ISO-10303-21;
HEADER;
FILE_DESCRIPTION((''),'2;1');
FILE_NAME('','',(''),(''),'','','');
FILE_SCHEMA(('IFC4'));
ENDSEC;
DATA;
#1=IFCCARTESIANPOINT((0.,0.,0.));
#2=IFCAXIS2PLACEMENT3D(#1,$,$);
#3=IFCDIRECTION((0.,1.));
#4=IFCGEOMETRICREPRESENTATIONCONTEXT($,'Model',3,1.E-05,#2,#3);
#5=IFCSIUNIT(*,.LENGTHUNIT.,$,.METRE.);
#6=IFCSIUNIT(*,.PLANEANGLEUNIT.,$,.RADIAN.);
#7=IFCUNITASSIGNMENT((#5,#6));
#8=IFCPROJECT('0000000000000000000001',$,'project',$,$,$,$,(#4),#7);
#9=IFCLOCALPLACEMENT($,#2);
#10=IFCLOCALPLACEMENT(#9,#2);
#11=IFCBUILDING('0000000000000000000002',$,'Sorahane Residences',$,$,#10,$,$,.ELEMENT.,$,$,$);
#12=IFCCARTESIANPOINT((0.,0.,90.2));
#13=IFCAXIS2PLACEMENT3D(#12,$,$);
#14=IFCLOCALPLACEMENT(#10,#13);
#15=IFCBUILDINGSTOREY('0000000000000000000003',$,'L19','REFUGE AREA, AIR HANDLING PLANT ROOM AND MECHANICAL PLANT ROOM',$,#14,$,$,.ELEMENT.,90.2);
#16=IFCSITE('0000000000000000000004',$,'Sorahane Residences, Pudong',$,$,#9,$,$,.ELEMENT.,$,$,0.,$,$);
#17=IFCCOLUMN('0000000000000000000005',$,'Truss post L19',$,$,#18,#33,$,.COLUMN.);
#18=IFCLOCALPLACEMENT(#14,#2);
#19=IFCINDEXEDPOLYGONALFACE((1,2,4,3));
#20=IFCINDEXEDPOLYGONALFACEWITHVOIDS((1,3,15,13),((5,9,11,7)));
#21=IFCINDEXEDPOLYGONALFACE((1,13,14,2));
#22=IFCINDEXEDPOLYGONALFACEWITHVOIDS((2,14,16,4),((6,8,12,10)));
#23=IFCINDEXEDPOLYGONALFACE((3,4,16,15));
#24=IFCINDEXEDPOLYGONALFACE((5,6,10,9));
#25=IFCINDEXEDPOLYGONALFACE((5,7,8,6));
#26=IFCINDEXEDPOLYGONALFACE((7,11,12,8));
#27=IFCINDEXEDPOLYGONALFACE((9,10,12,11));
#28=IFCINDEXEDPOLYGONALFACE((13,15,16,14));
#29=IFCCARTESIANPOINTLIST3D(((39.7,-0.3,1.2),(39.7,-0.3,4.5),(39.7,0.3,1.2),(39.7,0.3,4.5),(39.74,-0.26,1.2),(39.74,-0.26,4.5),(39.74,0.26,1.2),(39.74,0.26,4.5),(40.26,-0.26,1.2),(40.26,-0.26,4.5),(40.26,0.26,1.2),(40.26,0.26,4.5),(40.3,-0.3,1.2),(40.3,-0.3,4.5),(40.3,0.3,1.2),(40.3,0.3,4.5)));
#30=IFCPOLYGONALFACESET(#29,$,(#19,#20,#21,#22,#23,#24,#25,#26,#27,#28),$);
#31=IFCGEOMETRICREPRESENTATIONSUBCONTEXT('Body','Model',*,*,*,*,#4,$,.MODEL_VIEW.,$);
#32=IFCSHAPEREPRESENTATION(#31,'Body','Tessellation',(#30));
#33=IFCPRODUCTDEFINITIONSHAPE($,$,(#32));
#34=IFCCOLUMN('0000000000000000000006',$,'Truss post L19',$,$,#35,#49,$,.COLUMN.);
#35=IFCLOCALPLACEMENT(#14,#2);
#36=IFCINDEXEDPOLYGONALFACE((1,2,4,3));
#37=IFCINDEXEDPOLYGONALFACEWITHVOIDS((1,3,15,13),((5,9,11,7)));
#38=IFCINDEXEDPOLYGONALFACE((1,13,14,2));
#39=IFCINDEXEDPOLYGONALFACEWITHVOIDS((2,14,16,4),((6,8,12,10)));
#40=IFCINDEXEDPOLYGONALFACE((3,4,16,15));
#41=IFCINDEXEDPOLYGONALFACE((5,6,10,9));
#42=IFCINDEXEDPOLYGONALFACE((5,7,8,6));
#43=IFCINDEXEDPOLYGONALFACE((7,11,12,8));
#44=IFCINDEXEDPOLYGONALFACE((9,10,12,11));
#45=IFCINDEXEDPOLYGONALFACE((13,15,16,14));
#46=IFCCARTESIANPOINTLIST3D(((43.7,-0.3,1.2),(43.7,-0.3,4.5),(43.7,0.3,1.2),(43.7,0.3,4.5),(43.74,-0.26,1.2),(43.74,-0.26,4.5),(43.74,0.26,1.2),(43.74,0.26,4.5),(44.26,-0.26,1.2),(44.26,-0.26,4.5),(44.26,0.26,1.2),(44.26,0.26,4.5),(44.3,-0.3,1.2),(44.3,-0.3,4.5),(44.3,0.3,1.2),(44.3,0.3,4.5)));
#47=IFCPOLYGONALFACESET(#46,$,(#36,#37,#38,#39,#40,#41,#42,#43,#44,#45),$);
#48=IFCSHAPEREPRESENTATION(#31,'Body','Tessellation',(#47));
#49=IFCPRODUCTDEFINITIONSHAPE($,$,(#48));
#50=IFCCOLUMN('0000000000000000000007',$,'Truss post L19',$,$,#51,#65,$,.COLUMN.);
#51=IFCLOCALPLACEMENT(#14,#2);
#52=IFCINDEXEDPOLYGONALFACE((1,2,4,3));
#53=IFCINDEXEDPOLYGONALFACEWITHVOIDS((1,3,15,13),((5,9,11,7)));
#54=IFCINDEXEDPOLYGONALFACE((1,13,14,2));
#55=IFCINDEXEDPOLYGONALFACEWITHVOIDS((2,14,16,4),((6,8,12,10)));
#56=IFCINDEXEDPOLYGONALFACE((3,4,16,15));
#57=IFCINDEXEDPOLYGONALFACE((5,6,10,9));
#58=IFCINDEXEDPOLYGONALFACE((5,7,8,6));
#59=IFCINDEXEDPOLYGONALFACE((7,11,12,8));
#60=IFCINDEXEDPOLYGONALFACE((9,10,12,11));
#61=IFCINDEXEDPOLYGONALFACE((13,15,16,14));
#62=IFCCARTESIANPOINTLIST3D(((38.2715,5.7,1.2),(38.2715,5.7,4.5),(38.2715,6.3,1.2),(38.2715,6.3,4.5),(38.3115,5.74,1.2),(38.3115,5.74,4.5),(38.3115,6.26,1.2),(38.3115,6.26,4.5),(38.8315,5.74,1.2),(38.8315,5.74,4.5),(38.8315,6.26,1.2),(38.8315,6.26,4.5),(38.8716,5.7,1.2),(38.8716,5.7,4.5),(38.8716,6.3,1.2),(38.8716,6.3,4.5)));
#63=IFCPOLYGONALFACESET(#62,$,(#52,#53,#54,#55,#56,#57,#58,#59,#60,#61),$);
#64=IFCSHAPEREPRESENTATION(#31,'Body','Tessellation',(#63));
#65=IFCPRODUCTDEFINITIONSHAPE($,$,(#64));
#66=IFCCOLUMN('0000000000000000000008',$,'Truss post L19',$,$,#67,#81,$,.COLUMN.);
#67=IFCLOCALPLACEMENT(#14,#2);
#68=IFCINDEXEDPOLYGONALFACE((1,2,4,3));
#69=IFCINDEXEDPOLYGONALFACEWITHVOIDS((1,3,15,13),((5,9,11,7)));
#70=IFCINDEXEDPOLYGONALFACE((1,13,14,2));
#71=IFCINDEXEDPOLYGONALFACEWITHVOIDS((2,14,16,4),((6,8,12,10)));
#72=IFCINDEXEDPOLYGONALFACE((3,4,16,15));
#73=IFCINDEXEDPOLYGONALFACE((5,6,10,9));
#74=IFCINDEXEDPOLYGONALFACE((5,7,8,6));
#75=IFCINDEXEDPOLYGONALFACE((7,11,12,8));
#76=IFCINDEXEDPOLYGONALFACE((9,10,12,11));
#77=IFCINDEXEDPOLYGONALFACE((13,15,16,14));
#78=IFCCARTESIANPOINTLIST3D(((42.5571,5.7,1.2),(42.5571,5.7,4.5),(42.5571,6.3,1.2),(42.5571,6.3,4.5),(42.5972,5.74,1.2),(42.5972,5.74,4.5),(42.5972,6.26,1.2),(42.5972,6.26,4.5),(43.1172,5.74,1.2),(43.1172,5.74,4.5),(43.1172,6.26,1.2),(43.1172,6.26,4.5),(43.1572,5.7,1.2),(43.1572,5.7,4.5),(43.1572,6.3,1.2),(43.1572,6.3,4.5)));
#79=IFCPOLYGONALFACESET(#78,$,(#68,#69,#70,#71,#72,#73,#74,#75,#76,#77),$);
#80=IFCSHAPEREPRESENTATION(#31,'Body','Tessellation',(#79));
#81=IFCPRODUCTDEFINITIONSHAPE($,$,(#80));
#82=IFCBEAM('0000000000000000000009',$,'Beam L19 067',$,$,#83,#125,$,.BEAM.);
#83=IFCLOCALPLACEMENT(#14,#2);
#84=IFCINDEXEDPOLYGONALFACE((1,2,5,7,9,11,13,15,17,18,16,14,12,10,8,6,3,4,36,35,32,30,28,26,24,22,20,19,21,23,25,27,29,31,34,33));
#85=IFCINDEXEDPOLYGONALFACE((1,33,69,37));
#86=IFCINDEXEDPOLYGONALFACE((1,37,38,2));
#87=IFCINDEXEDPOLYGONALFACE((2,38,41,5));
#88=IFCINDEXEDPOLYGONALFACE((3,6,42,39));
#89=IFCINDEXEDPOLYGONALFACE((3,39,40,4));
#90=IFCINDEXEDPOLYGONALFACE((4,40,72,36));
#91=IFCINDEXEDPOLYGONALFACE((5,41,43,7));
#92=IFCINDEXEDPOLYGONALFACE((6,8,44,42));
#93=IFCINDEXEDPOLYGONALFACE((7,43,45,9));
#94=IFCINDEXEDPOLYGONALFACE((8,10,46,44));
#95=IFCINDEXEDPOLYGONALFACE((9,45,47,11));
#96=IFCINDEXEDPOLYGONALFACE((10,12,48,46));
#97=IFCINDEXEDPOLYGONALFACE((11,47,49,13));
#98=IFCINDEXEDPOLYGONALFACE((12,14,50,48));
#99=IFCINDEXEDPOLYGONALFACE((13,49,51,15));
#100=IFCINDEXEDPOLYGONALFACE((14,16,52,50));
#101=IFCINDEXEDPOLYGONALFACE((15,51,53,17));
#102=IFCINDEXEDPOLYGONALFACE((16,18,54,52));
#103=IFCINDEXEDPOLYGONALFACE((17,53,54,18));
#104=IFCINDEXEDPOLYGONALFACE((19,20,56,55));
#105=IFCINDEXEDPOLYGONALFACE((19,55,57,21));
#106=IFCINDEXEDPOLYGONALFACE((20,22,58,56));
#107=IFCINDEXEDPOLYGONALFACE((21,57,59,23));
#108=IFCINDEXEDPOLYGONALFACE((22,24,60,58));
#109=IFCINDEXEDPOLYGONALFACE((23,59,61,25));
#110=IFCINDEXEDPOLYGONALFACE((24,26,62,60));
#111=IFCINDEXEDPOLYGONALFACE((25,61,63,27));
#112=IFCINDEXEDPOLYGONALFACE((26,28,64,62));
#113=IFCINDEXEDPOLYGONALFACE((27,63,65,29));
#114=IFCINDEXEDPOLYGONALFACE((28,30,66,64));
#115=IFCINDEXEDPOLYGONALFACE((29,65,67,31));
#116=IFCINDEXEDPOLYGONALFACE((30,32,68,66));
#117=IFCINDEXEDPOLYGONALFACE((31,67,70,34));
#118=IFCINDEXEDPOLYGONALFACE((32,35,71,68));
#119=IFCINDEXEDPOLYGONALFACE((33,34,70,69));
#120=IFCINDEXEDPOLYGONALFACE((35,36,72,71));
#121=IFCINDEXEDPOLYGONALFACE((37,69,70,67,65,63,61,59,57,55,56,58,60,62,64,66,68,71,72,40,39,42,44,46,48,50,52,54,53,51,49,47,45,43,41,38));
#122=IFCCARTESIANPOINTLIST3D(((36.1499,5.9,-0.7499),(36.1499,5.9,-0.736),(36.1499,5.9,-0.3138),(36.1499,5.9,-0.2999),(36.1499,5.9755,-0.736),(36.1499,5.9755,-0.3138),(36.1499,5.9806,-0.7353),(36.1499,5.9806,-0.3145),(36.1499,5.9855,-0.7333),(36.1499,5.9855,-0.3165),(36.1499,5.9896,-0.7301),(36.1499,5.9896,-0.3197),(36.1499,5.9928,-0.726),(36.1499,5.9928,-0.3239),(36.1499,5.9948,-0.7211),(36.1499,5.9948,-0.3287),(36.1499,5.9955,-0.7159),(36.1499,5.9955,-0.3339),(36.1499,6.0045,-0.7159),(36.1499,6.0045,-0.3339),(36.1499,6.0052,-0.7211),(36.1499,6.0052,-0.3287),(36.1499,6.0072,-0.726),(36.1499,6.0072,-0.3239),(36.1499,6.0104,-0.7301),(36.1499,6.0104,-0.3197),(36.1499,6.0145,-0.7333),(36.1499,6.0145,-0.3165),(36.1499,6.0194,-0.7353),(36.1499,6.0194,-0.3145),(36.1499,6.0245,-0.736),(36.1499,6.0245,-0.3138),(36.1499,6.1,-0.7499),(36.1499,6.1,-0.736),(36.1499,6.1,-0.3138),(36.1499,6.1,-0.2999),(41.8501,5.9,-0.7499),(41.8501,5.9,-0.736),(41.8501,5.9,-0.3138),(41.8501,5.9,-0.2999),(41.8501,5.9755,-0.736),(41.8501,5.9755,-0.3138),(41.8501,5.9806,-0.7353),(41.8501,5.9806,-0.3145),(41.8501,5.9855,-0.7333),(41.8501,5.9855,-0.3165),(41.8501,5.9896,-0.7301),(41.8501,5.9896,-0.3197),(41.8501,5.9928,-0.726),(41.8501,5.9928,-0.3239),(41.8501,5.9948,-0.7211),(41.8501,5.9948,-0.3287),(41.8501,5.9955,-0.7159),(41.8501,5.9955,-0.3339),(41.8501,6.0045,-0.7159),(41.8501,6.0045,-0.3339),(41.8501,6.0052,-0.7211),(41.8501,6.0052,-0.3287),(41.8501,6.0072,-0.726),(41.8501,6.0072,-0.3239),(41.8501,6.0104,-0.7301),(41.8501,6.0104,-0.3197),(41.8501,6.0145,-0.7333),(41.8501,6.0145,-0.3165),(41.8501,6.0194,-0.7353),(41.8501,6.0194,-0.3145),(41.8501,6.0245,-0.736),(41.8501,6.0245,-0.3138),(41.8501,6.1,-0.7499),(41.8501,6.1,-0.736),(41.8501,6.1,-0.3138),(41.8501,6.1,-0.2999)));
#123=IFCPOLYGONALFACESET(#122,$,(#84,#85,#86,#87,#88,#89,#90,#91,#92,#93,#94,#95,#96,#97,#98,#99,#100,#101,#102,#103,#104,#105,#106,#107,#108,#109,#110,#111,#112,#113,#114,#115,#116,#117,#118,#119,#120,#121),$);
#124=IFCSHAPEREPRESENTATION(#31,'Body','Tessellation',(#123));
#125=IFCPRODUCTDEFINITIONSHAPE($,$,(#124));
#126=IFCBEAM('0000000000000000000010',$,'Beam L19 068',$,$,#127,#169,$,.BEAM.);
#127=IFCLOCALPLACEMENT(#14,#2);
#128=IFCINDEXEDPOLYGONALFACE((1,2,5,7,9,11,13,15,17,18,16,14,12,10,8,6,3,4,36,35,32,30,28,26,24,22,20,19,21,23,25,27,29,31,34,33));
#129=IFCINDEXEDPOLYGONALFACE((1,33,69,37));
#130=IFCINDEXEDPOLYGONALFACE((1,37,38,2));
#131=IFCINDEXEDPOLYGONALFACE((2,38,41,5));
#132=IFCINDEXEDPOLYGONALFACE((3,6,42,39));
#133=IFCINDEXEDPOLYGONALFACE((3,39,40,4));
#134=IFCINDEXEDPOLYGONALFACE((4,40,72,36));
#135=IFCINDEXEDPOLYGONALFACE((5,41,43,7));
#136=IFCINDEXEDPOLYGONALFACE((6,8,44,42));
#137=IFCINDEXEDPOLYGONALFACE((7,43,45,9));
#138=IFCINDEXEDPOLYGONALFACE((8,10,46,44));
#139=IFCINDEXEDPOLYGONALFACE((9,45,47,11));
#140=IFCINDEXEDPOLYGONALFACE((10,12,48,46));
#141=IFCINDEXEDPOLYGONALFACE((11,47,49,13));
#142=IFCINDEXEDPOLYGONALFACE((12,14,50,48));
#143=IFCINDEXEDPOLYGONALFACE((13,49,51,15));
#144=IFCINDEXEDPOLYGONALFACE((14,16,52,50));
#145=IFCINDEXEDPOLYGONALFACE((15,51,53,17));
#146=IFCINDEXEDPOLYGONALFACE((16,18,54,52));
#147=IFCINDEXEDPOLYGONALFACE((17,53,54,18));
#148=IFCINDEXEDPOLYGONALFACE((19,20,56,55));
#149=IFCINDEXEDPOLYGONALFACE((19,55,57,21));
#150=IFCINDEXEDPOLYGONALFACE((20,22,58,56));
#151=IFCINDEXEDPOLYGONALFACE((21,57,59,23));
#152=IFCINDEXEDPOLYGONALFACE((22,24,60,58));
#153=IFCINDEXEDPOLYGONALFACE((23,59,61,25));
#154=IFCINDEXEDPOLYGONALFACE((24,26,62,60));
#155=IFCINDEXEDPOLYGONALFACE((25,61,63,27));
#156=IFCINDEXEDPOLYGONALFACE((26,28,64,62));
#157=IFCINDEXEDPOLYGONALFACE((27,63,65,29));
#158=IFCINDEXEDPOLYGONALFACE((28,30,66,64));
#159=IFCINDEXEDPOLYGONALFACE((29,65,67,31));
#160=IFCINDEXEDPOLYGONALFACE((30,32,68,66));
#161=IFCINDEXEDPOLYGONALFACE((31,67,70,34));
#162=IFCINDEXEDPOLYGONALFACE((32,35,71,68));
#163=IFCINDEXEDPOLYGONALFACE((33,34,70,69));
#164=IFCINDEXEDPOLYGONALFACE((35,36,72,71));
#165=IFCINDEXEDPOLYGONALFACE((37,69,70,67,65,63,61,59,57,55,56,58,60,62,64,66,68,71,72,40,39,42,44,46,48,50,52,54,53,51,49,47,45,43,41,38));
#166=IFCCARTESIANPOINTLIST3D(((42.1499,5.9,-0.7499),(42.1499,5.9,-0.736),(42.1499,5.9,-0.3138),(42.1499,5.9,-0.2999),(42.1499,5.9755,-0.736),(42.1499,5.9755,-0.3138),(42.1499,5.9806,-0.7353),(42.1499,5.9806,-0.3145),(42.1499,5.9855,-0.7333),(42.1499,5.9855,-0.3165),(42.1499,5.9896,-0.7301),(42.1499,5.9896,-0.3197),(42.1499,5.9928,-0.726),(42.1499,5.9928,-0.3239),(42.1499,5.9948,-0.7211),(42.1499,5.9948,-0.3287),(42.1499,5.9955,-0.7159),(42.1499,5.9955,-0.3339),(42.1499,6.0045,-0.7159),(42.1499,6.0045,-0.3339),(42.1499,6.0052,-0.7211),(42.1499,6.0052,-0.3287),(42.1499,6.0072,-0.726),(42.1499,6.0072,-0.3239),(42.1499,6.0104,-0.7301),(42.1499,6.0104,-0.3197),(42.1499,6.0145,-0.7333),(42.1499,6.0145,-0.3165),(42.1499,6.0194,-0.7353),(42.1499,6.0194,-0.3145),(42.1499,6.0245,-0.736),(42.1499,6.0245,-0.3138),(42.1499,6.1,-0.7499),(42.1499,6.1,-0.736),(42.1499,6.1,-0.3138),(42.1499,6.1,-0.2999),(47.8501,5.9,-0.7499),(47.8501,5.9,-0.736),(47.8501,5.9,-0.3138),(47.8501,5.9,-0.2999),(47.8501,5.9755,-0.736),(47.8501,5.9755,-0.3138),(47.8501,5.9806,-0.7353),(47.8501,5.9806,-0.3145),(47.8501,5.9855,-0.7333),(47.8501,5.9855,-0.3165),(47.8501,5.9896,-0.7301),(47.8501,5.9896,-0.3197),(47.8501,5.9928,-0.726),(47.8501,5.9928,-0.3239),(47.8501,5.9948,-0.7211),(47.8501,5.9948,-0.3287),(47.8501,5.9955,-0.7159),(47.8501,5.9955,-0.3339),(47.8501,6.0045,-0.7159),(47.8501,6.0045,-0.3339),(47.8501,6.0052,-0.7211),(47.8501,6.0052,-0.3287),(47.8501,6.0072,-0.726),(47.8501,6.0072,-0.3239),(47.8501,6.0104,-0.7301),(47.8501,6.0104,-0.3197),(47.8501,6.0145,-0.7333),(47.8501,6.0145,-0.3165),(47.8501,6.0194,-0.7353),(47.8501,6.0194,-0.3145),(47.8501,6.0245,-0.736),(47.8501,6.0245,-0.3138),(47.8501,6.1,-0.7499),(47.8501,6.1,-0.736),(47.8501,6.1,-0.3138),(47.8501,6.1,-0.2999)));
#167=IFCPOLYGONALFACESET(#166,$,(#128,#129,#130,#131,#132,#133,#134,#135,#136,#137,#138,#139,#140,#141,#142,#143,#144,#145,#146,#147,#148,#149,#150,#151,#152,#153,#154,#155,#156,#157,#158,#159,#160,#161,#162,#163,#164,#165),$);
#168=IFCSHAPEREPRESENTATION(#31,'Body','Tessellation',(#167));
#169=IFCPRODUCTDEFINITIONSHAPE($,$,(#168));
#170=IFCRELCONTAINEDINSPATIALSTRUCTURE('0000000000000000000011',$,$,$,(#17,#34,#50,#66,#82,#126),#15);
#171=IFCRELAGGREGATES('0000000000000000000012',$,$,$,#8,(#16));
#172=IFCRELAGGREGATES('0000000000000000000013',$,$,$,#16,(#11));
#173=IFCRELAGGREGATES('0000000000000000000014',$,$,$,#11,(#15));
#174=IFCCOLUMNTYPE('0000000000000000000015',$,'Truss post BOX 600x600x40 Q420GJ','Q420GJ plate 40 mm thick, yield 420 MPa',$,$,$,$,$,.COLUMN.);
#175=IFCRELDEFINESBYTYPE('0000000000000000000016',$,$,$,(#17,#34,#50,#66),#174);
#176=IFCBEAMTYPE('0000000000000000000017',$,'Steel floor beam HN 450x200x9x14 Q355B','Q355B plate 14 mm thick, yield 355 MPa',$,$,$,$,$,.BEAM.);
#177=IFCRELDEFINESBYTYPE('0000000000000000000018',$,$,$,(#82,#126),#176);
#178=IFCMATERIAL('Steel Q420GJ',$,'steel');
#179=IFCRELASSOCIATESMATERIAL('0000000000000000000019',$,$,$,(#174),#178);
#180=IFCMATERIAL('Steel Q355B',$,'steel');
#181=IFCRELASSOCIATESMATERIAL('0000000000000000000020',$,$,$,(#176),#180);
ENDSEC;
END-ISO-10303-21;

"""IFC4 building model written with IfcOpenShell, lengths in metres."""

from ifc_helpers import new_model, si_unit, direction, frame, origin, origin_2d, place, context, subcontext, project, spatial, hollow_rectangle, i_section, extrude, material, material_profile, profile_set, type_object, element, save


model = new_model("IFC4")

# Units and contexts
model_context = context("Model", 3, precision=1e-05, world=origin(), true_north=direction((0.0, 1.0)))
body_context = subcontext(model_context, "Body", "Model", "MODEL_VIEW")
ifc_project = project(units=[si_unit("LENGTHUNIT", "METRE"), si_unit("PLANEANGLEUNIT", "RADIAN")], contexts=[model_context])

# Site, building, storey
site_placement = place(None, origin())
site = spatial("IfcSite", under=ifc_project, at=site_placement, Name="Sorahane Residences, Pudong", CompositionType="ELEMENT", RefElevation=0.0)
building_placement = place(site_placement, origin())
building = spatial("IfcBuilding", under=site, at=building_placement, Name="Sorahane Residences", CompositionType="ELEMENT")
storey_placement = place(building_placement, frame((0.0, 0.0, 90.2)))
storey = spatial("IfcBuildingStorey", under=building, at=storey_placement, Name="L19", Description="REFUGE AREA, AIR HANDLING PLANT ROOM AND MECHANICAL PLANT ROOM", CompositionType="ELEMENT", Elevation=90.2)

# Columns
ifc_material_1 = material(Name="Steel Q420GJ", Category="steel")
ifc_material_profile_1 = material_profile(ifc_material_1, hollow_rectangle(XDim=0.6001, YDim=0.6001, WallThickness=0.04, at=origin_2d()), Name="BOX 600x600x40")
ifc_profile_set_1 = profile_set([ifc_material_profile_1], Name="Steel Q420GJ")
column_type = type_object("IfcColumnType", Name="Truss post BOX 600x600x40 Q420GJ", Description="Q420GJ plate 40 mm thick, yield 420 MPa", PredefinedType="COLUMN", material=ifc_profile_set_1)
for number, where, z_axis, x_axis, name in (
    (1, (40.0, 0.0, 1.2), (0.0, 0.0, 1.0), (1.0, 0.0, 0.0), "Truss post L19"),
    (2, (44.0, 0.0, 1.2), (0.0, 0.0, 1.0), (1.0, 0.0, 0.0), "Truss post L19"),
    (3, (38.5715, 6.0, 1.2), (0.0, 0.0, 1.0), (1.0, 0.0, 0.0), "Truss post L19"),
    (4, (42.8572, 6.0, 1.2), (0.0, 0.0, 1.0), (1.0, 0.0, 0.0), "Truss post L19"),
):
    element("IfcColumn", number, at=place(storey_placement, frame(where, z_axis=z_axis, x_axis=x_axis)), inside=storey, type_object=column_type, Name=name, PredefinedType="COLUMN", context=body_context, shape_type="SweptSolid", body=[
        extrude(hollow_rectangle(XDim=0.6001, YDim=0.6001, WallThickness=0.04, at=origin_2d()), origin(), (0.0, 0.0, 1.0), 3.3),
    ])

# Beams
ifc_material_2 = material(Name="Steel Q355B", Category="steel")
ifc_material_profile_2 = material_profile(ifc_material_2, i_section(OverallWidth=0.2, OverallDepth=0.45, WebThickness=0.009, FlangeThickness=0.0139, FilletRadius=0.02, at=origin_2d()), Name="HN 450x200x9x14")
ifc_profile_set_2 = profile_set([ifc_material_profile_2], Name="Steel Q355B")
beam_type_1 = type_object("IfcBeamType", Name="Steel floor beam HN 450x200x9x14 Q355B", Description="Q355B plate 14 mm thick, yield 355 MPa", PredefinedType="BEAM", material=ifc_profile_set_2)
for number, where, z_axis, x_axis, name in (
    (5, (36.1499, 6.0, -0.5249), (1.0, 0.0, 0.0), (0.0, 1.0, 0.0), "Beam L19 067"),
    (6, (42.1499, 6.0, -0.5249), (1.0, 0.0, 0.0), (0.0, 1.0, 0.0), "Beam L19 068"),
):
    element("IfcBeam", number, at=place(storey_placement, frame(where, z_axis=z_axis, x_axis=x_axis)), inside=storey, type_object=beam_type_1, Name=name, PredefinedType="BEAM", context=body_context, shape_type="SweptSolid", body=[
        extrude(i_section(OverallWidth=0.2, OverallDepth=0.45, WebThickness=0.009, FlangeThickness=0.0139, FilletRadius=0.02, at=origin_2d()), origin(), (0.0, 0.0, 1.0), 5.7002),
    ])

save(model, "model.ifc")
